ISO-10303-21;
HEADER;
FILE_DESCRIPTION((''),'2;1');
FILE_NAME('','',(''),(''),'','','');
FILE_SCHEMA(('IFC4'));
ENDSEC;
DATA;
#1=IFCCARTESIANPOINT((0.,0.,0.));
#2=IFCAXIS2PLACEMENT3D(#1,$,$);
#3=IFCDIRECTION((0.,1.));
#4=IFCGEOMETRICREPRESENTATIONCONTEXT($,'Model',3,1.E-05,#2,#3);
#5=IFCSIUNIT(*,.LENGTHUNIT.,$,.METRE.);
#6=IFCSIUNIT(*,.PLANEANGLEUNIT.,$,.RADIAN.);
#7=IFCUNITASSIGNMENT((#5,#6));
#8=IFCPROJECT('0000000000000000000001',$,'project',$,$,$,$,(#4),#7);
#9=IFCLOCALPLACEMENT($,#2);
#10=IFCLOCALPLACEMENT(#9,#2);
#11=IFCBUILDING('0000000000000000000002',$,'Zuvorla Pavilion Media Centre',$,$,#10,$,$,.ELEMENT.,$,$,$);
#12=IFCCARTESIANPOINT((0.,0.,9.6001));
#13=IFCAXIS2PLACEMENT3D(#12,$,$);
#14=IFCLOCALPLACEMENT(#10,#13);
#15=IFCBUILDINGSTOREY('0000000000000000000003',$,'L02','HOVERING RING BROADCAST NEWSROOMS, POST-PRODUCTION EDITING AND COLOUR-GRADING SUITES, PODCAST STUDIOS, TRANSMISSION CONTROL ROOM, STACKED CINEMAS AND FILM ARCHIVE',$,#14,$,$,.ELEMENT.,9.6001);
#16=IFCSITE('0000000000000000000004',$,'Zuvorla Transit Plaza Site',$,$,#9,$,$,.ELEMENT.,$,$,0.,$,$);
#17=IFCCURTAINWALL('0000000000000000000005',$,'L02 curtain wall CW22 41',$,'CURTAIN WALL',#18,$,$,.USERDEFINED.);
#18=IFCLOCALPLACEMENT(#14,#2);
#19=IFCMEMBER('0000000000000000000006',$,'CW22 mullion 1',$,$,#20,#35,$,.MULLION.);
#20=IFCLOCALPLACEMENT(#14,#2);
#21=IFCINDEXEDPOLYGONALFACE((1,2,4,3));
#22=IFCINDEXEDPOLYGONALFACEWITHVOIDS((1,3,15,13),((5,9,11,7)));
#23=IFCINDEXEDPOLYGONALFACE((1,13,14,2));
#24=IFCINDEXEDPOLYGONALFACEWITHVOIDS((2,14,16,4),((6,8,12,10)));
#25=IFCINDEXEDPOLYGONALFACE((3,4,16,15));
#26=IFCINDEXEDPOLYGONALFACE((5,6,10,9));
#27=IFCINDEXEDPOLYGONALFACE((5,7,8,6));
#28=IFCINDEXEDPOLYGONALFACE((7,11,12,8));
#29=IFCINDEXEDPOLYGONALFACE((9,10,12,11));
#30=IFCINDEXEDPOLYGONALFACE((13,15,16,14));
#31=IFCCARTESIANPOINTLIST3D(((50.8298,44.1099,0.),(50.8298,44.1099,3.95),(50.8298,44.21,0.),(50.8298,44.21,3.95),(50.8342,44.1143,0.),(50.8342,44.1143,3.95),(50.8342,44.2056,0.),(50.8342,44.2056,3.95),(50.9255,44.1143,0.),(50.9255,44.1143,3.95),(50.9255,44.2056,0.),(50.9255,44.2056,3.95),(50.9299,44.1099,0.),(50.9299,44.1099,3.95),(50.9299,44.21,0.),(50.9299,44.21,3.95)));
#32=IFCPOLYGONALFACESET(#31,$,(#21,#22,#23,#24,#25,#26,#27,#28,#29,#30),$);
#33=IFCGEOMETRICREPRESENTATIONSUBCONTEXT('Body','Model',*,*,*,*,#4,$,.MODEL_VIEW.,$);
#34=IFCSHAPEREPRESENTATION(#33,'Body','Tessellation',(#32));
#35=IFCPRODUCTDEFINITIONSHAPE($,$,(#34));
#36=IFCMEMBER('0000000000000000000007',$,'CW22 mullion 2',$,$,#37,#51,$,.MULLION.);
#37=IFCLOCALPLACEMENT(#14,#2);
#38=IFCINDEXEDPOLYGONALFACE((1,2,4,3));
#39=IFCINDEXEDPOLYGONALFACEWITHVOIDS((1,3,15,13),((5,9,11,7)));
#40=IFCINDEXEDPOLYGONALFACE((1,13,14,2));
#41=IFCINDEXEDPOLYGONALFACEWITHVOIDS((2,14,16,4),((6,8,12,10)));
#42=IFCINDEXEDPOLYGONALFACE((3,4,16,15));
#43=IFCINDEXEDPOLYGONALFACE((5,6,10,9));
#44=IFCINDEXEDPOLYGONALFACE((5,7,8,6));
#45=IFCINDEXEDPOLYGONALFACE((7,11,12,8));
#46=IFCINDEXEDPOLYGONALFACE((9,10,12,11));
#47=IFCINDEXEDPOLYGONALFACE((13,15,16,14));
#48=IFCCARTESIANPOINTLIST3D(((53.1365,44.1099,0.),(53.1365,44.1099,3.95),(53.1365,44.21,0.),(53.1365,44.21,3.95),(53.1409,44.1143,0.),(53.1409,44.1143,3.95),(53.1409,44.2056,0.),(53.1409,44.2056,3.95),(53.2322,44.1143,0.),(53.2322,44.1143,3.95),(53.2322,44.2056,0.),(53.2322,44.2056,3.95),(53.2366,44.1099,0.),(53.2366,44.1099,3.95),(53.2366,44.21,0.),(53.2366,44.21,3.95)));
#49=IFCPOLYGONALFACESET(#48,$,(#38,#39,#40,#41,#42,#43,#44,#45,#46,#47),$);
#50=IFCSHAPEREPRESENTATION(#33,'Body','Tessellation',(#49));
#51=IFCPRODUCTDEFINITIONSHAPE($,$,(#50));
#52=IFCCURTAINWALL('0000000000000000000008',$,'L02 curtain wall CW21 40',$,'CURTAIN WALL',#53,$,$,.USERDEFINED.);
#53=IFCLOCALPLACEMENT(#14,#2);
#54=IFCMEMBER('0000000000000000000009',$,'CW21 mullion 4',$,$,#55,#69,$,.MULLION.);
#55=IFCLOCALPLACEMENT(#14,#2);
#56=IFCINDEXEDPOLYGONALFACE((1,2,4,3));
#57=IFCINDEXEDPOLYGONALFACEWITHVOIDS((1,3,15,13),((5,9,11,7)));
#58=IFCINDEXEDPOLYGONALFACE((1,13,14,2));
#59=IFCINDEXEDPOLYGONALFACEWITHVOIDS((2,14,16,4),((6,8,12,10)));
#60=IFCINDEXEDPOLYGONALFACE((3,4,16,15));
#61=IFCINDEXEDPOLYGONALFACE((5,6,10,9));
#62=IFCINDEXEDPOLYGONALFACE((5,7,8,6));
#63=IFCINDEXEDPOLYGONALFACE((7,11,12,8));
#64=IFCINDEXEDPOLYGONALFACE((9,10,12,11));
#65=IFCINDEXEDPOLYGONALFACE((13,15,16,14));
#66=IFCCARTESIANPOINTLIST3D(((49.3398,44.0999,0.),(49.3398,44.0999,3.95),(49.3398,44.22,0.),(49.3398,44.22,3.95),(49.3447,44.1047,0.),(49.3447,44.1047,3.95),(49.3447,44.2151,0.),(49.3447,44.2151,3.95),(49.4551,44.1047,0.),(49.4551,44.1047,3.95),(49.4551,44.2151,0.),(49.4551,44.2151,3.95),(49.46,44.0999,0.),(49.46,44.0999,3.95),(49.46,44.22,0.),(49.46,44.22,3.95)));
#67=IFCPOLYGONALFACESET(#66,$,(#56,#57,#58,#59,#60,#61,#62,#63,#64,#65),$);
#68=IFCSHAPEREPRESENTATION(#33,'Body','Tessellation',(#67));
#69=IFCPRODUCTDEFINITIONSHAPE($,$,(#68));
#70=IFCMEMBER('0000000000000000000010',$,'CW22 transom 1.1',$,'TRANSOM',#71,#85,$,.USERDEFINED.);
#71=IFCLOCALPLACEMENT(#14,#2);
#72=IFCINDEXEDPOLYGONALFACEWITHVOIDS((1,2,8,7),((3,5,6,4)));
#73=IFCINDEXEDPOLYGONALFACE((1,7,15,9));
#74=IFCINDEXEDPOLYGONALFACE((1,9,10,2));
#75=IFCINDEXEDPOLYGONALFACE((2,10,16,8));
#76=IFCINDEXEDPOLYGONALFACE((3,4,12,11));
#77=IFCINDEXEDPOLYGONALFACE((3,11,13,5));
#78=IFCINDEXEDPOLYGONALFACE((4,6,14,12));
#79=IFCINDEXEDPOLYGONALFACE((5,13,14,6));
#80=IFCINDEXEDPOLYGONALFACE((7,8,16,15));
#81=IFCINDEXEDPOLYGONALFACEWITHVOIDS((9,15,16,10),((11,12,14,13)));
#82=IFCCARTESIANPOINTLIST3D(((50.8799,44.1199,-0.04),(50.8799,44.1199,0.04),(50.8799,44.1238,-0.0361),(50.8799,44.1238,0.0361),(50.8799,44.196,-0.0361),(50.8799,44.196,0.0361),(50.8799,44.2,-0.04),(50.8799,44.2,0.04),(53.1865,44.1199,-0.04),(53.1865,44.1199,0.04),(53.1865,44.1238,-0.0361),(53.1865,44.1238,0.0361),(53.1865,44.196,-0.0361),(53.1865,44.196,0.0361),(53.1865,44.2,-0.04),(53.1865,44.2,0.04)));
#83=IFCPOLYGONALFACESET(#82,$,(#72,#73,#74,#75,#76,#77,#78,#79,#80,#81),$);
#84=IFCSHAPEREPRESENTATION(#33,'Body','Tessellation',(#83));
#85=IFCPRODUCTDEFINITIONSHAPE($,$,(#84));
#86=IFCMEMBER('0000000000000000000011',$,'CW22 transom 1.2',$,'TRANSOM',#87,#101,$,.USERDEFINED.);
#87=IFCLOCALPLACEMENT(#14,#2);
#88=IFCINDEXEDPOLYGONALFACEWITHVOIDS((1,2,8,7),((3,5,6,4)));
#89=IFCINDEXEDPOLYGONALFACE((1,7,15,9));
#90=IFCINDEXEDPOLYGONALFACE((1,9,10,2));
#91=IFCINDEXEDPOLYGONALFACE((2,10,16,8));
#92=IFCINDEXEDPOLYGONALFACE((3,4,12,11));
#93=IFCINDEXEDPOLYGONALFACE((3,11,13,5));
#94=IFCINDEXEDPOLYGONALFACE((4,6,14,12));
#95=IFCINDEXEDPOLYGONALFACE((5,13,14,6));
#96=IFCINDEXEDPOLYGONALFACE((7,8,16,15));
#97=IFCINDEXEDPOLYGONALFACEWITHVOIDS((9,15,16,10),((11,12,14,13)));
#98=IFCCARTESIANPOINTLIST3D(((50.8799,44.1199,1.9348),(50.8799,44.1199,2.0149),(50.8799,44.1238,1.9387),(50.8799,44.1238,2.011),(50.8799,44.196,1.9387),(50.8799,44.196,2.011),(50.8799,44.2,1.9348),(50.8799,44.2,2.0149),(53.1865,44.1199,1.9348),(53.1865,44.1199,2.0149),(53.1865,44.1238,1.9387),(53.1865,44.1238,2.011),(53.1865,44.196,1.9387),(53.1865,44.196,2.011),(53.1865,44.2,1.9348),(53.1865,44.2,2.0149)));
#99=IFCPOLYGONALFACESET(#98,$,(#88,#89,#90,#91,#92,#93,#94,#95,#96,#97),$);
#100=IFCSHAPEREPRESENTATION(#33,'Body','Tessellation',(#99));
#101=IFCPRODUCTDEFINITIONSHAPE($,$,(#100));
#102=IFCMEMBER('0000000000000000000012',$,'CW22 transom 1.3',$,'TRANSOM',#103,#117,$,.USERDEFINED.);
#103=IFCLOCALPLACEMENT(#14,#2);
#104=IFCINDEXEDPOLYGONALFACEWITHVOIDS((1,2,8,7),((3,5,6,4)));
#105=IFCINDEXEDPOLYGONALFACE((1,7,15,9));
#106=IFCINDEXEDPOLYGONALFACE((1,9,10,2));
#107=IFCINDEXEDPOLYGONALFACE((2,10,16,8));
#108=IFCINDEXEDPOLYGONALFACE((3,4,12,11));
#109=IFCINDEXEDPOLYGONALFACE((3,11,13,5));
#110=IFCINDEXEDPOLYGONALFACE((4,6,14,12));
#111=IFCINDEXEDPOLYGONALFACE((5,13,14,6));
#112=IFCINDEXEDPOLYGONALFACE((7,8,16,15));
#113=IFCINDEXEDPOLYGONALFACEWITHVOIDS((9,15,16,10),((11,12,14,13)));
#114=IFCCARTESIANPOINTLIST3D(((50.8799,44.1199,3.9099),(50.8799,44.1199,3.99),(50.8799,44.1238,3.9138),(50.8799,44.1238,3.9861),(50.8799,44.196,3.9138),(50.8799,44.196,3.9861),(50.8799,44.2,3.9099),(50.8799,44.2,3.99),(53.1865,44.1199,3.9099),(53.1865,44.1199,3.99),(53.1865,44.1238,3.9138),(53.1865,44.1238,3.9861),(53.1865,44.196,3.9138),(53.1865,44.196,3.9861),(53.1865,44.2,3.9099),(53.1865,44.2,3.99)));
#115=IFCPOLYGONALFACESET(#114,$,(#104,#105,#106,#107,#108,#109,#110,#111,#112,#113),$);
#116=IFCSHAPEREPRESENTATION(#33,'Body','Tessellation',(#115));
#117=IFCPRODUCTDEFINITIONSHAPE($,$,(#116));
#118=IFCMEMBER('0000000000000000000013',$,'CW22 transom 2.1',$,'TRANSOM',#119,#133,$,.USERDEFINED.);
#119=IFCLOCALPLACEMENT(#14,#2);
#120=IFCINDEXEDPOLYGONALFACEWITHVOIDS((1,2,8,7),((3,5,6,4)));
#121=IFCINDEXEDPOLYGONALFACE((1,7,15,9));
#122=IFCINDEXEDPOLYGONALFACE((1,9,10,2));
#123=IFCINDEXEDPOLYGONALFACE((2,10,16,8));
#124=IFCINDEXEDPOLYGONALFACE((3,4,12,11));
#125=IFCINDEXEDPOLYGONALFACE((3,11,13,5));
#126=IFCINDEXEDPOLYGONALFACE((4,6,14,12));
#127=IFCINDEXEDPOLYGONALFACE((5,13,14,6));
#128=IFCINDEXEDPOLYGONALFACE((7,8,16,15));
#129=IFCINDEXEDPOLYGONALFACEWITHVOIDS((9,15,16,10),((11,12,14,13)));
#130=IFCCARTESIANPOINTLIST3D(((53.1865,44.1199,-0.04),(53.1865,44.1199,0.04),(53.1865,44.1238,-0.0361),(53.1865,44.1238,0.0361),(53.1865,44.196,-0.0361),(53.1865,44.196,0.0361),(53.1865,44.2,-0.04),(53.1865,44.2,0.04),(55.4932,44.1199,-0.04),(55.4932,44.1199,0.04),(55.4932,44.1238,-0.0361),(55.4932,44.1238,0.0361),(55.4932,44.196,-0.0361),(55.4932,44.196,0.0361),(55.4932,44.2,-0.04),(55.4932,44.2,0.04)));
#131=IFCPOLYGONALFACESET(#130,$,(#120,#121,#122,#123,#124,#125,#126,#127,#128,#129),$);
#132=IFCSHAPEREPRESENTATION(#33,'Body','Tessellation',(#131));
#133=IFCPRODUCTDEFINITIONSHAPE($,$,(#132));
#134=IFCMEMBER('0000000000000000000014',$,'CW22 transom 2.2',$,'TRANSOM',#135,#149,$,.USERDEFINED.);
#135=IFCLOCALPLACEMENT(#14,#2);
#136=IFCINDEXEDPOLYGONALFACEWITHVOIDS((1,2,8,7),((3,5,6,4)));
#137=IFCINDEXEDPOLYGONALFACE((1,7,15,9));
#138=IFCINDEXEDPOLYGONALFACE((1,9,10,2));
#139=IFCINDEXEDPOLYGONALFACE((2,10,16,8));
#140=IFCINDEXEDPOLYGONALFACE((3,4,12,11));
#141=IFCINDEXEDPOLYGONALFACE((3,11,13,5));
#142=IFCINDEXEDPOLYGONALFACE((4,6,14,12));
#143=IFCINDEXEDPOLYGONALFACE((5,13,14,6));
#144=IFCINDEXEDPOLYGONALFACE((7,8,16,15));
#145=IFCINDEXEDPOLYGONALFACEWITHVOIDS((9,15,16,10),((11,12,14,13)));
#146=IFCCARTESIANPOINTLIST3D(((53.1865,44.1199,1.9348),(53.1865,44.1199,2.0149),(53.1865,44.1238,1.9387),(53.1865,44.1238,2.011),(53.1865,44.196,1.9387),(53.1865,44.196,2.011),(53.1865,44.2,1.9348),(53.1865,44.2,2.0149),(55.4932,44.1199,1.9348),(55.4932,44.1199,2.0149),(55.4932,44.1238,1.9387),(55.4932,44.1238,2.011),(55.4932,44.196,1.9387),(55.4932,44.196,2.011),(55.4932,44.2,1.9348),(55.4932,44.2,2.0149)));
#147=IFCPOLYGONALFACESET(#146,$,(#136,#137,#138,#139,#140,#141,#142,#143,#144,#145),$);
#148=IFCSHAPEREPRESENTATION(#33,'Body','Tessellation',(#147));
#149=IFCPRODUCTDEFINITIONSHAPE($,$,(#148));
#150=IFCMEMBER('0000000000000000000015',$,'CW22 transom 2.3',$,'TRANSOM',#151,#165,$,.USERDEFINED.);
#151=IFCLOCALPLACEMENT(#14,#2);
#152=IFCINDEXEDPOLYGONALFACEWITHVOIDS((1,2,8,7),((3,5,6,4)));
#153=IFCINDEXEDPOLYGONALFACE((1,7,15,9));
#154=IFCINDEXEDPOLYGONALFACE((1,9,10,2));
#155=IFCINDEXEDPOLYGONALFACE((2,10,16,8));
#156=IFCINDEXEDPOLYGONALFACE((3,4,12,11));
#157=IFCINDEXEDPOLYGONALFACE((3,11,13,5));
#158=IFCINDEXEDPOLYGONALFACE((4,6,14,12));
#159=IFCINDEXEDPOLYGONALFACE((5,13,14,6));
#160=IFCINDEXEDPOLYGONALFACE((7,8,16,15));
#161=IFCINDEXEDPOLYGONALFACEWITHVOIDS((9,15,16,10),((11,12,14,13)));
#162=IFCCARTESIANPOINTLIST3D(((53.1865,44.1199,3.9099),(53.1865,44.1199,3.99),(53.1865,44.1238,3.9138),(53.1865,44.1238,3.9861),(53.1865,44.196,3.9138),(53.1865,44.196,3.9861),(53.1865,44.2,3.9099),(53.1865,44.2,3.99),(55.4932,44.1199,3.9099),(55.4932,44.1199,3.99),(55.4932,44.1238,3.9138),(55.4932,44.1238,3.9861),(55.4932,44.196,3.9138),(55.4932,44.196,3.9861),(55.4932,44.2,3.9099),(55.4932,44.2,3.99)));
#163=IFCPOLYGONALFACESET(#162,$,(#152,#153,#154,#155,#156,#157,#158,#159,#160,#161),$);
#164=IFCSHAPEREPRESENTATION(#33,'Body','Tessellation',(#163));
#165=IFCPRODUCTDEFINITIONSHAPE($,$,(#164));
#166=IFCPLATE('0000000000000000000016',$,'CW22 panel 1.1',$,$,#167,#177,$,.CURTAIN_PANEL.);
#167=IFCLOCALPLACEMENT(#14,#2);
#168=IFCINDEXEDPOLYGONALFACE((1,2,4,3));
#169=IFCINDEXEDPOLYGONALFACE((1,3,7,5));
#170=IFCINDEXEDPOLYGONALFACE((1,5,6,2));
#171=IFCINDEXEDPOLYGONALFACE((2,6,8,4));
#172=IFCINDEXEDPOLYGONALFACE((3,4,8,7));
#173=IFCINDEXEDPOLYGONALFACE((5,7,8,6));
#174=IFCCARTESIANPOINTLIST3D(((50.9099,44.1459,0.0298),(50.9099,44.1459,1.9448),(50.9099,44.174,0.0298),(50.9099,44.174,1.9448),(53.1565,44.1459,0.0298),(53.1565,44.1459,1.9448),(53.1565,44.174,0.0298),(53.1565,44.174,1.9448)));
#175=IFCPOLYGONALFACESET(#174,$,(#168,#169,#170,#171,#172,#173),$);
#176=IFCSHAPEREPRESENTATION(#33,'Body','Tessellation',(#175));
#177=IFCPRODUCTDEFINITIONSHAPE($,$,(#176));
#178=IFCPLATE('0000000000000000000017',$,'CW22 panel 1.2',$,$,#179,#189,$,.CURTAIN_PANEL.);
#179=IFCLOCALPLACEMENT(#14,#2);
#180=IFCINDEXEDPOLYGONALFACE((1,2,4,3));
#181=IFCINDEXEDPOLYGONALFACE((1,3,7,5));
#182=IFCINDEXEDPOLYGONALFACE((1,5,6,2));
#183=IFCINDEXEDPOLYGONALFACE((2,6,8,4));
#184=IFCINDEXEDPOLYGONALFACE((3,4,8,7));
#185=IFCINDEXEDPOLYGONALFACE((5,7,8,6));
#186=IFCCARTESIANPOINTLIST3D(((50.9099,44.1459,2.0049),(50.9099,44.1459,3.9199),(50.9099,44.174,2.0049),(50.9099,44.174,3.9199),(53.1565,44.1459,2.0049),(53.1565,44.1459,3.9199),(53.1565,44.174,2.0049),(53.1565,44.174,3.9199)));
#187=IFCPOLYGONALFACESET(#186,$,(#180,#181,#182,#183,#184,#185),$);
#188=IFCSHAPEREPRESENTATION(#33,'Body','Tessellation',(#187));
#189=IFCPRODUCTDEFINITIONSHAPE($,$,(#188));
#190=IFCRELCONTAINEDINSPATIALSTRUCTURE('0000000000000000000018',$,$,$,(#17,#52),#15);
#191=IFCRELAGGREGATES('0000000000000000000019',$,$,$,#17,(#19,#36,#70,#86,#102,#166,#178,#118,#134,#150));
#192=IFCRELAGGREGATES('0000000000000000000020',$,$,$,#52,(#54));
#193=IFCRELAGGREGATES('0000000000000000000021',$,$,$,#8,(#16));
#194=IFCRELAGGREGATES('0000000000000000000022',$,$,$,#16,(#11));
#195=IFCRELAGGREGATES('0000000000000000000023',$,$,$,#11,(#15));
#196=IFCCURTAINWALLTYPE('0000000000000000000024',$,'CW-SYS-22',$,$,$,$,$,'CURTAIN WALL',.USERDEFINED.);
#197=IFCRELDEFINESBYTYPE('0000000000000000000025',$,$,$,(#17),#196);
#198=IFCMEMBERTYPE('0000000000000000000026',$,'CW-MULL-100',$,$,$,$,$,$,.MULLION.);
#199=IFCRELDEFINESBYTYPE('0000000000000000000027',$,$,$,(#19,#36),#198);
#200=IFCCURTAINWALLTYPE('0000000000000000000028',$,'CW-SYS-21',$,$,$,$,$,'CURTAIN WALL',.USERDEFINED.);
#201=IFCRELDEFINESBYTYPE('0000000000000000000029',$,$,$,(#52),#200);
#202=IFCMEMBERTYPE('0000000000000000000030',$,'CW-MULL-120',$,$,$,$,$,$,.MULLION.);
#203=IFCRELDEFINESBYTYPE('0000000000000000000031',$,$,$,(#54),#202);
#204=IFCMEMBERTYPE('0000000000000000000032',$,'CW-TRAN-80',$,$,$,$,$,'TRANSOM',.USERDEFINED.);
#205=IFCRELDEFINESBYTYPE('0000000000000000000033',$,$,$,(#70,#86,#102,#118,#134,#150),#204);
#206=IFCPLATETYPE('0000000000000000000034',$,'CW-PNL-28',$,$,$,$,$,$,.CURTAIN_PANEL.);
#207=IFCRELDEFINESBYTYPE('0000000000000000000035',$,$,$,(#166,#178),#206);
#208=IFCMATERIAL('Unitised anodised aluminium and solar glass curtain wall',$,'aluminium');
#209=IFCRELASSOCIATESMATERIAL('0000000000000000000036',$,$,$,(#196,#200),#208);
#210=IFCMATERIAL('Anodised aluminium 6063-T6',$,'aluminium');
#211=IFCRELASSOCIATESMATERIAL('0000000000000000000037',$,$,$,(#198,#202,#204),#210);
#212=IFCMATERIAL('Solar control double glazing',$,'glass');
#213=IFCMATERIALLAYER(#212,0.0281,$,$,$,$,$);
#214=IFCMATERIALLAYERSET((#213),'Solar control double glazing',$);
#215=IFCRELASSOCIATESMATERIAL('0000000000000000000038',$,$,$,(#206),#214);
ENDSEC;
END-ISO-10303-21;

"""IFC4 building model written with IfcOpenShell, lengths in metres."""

from ifc_helpers import new_model, si_unit, direction, frame, origin, origin_2d, place, context, subcontext, project, spatial, rectangle, hollow_rectangle, extrude, material, layer, layer_set, material_profile, profile_set, type_object, element, aggregate, save


model = new_model("IFC4")

# Units and contexts
model_context = context("Model", 3, precision=1e-05, world=origin(), true_north=direction((0.0, 1.0)))
body_context = subcontext(model_context, "Body", "Model", "MODEL_VIEW")
ifc_project = project(units=[si_unit("LENGTHUNIT", "METRE"), si_unit("PLANEANGLEUNIT", "RADIAN")], contexts=[model_context])

# Site, building, storey
site_placement = place(None, origin())
site = spatial("IfcSite", under=ifc_project, at=site_placement, Name="Zuvorla Transit Plaza Site", CompositionType="ELEMENT", RefElevation=0.0)
building_placement = place(site_placement, origin())
building = spatial("IfcBuilding", under=site, at=building_placement, Name="Zuvorla Pavilion Media Centre", CompositionType="ELEMENT")
storey_placement = place(building_placement, frame((0.0, 0.0, 9.6001)))
storey = spatial("IfcBuildingStorey", under=building, at=storey_placement, Name="L02", Description="HOVERING RING BROADCAST NEWSROOMS, POST-PRODUCTION EDITING AND COLOUR-GRADING SUITES, PODCAST STUDIOS, TRANSMISSION CONTROL ROOM, STACKED CINEMAS AND FILM ARCHIVE", CompositionType="ELEMENT", Elevation=9.6001)

# Curtain wall, members
ifc_material_1 = material(Name="Unitised anodised aluminium and solar glass curtain wall", Category="aluminium")
curtain_wall_type_1 = type_object("IfcCurtainWallType", Name="CW-SYS-22", ElementType="CURTAIN WALL", PredefinedType="USERDEFINED", material=ifc_material_1)
curtain_wall_1_placement = place(storey_placement, origin())
curtain_wall_1 = element("IfcCurtainWall", 1, at=curtain_wall_1_placement, inside=storey, type_object=curtain_wall_type_1, Name="L02 curtain wall CW22 41", ObjectType="CURTAIN WALL", PredefinedType="USERDEFINED")
ifc_material_2 = material(Name="Anodised aluminium 6063-T6", Category="aluminium")
ifc_material_profile_1 = material_profile(ifc_material_2, hollow_rectangle(XDim=0.1001, YDim=0.1001, WallThickness=0.0044, at=origin_2d()), Name="ALU MULL 100x100")
ifc_profile_set_1 = profile_set([ifc_material_profile_1], Name="Anodised aluminium 6063-T6")
member_type_1 = type_object("IfcMemberType", Name="CW-MULL-100", PredefinedType="MULLION", material=ifc_profile_set_1)
member_1_placement = place(storey_placement, frame((50.8799, 44.1599, 0.0), z_axis=(0.0, 0.0, 1.0), x_axis=(1.0, 0.0, 0.0)))
member_1 = element("IfcMember", 2, at=member_1_placement, type_object=member_type_1, Name="CW22 mullion 1", PredefinedType="MULLION", context=body_context, shape_type="SweptSolid", body=[
    extrude(hollow_rectangle(XDim=0.1001, YDim=0.1001, WallThickness=0.0044, at=origin_2d()), origin(), (0.0, 0.0, 1.0), 3.95),
])
member_2_placement = place(storey_placement, frame((53.1865, 44.1599, 0.0), z_axis=(0.0, 0.0, 1.0), x_axis=(1.0, 0.0, 0.0)))
member_2 = element("IfcMember", 3, at=member_2_placement, type_object=member_type_1, Name="CW22 mullion 2", PredefinedType="MULLION", context=body_context, shape_type="SweptSolid", body=[
    extrude(hollow_rectangle(XDim=0.1001, YDim=0.1001, WallThickness=0.0044, at=origin_2d()), origin(), (0.0, 0.0, 1.0), 3.95),
])

# Curtain wall, member
curtain_wall_type_2 = type_object("IfcCurtainWallType", Name="CW-SYS-21", ElementType="CURTAIN WALL", PredefinedType="USERDEFINED", material=ifc_material_1)
curtain_wall_2_placement = place(storey_placement, origin())
curtain_wall_2 = element("IfcCurtainWall", 4, at=curtain_wall_2_placement, inside=storey, type_object=curtain_wall_type_2, Name="L02 curtain wall CW21 40", ObjectType="CURTAIN WALL", PredefinedType="USERDEFINED")
ifc_material_profile_2 = material_profile(ifc_material_2, hollow_rectangle(XDim=0.1201, YDim=0.1201, WallThickness=0.0049, at=origin_2d()), Name="ALU MULL 120x120")
ifc_profile_set_2 = profile_set([ifc_material_profile_2], Name="Anodised aluminium 6063-T6")
member_type_2 = type_object("IfcMemberType", Name="CW-MULL-120", PredefinedType="MULLION", material=ifc_profile_set_2)
member_3_placement = place(storey_placement, frame((49.3999, 44.1599, 0.0), z_axis=(0.0, 0.0, 1.0), x_axis=(1.0, 0.0, 0.0)))
member_3 = element("IfcMember", 5, at=member_3_placement, type_object=member_type_2, Name="CW21 mullion 4", PredefinedType="MULLION", context=body_context, shape_type="SweptSolid", body=[
    extrude(hollow_rectangle(XDim=0.1201, YDim=0.1201, WallThickness=0.0049, at=origin_2d()), origin(), (0.0, 0.0, 1.0), 3.95),
])

# Members
ifc_material_profile_3 = material_profile(ifc_material_2, hollow_rectangle(XDim=0.0801, YDim=0.0801, WallThickness=0.0039, at=origin_2d()), Name="ALU TRAN 80x80")
ifc_profile_set_3 = profile_set([ifc_material_profile_3], Name="Anodised aluminium 6063-T6")
member_type_3 = type_object("IfcMemberType", Name="CW-TRAN-80", ElementType="TRANSOM", PredefinedType="USERDEFINED", material=ifc_profile_set_3)
member_4_placement = place(storey_placement, frame((50.8799, 44.1599, 0.0), z_axis=(1.0, 0.0, 0.0), x_axis=(0.0, 1.0, 0.0)))
member_4 = element("IfcMember", 6, at=member_4_placement, type_object=member_type_3, Name="CW22 transom 1.1", ObjectType="TRANSOM", PredefinedType="USERDEFINED", context=body_context, shape_type="SweptSolid", body=[
    extrude(hollow_rectangle(XDim=0.0801, YDim=0.0801, WallThickness=0.0039, at=origin_2d()), origin(), (0.0, 0.0, 1.0), 2.3066),
])
member_5_placement = place(storey_placement, frame((50.8799, 44.1599, 1.9749), z_axis=(1.0, 0.0, 0.0), x_axis=(0.0, 1.0, 0.0)))
member_5 = element("IfcMember", 7, at=member_5_placement, type_object=member_type_3, Name="CW22 transom 1.2", ObjectType="TRANSOM", PredefinedType="USERDEFINED", context=body_context, shape_type="SweptSolid", body=[
    extrude(hollow_rectangle(XDim=0.0801, YDim=0.0801, WallThickness=0.0039, at=origin_2d()), origin(), (0.0, 0.0, 1.0), 2.3066),
])
member_6_placement = place(storey_placement, frame((50.8799, 44.1599, 3.95), z_axis=(1.0, 0.0, 0.0), x_axis=(0.0, 1.0, 0.0)))
member_6 = element("IfcMember", 8, at=member_6_placement, type_object=member_type_3, Name="CW22 transom 1.3", ObjectType="TRANSOM", PredefinedType="USERDEFINED", context=body_context, shape_type="SweptSolid", body=[
    extrude(hollow_rectangle(XDim=0.0801, YDim=0.0801, WallThickness=0.0039, at=origin_2d()), origin(), (0.0, 0.0, 1.0), 2.3066),
])
member_7_placement = place(storey_placement, frame((53.1865, 44.1599, 0.0), z_axis=(1.0, 0.0, 0.0), x_axis=(0.0, 1.0, 0.0)))
member_7 = element("IfcMember", 9, at=member_7_placement, type_object=member_type_3, Name="CW22 transom 2.1", ObjectType="TRANSOM", PredefinedType="USERDEFINED", context=body_context, shape_type="SweptSolid", body=[
    extrude(hollow_rectangle(XDim=0.0801, YDim=0.0801, WallThickness=0.0039, at=origin_2d()), origin(), (0.0, 0.0, 1.0), 2.3066),
])
member_8_placement = place(storey_placement, frame((53.1865, 44.1599, 1.9749), z_axis=(1.0, 0.0, 0.0), x_axis=(0.0, 1.0, 0.0)))
member_8 = element("IfcMember", 10, at=member_8_placement, type_object=member_type_3, Name="CW22 transom 2.2", ObjectType="TRANSOM", PredefinedType="USERDEFINED", context=body_context, shape_type="SweptSolid", body=[
    extrude(hollow_rectangle(XDim=0.0801, YDim=0.0801, WallThickness=0.0039, at=origin_2d()), origin(), (0.0, 0.0, 1.0), 2.3066),
])
member_9_placement = place(storey_placement, frame((53.1865, 44.1599, 3.95), z_axis=(1.0, 0.0, 0.0), x_axis=(0.0, 1.0, 0.0)))
member_9 = element("IfcMember", 11, at=member_9_placement, type_object=member_type_3, Name="CW22 transom 2.3", ObjectType="TRANSOM", PredefinedType="USERDEFINED", context=body_context, shape_type="SweptSolid", body=[
    extrude(hollow_rectangle(XDim=0.0801, YDim=0.0801, WallThickness=0.0039, at=origin_2d()), origin(), (0.0, 0.0, 1.0), 2.3066),
])

# Plates
ifc_material_3 = material(Name="Solar control double glazing", Category="glass")
ifc_layer_1 = layer(ifc_material_3, 0.0281)
ifc_layer_set_1 = layer_set([ifc_layer_1], Name="Solar control double glazing")
plate_type_1 = type_object("IfcPlateType", Name="CW-PNL-28", PredefinedType="CURTAIN_PANEL", material=ifc_layer_set_1)
plate_1_placement = place(storey_placement, frame((52.0332, 44.1599, 0.0298), z_axis=(0.0, 0.0, 1.0), x_axis=(1.0, 0.0, 0.0)))
plate_1 = element("IfcPlate", 12, at=plate_1_placement, type_object=plate_type_1, Name="CW22 panel 1.1", PredefinedType="CURTAIN_PANEL", context=body_context, shape_type="SweptSolid", body=[
    extrude(rectangle(XDim=2.2466, YDim=0.0281, at=origin_2d()), origin(), (0.0, 0.0, 1.0), 1.915),
])
plate_2_placement = place(storey_placement, frame((52.0332, 44.1599, 2.0049), z_axis=(0.0, 0.0, 1.0), x_axis=(1.0, 0.0, 0.0)))
plate_2 = element("IfcPlate", 13, at=plate_2_placement, type_object=plate_type_1, Name="CW22 panel 1.2", PredefinedType="CURTAIN_PANEL", context=body_context, shape_type="SweptSolid", body=[
    extrude(rectangle(XDim=2.2466, YDim=0.0281, at=origin_2d()), origin(), (0.0, 0.0, 1.0), 1.915),
])
aggregate(curtain_wall_1, [member_1, member_2, member_4, member_5, member_6, plate_1, plate_2, member_7, member_8, member_9])
aggregate(curtain_wall_2, [member_3])

save(model, "model.ifc")
